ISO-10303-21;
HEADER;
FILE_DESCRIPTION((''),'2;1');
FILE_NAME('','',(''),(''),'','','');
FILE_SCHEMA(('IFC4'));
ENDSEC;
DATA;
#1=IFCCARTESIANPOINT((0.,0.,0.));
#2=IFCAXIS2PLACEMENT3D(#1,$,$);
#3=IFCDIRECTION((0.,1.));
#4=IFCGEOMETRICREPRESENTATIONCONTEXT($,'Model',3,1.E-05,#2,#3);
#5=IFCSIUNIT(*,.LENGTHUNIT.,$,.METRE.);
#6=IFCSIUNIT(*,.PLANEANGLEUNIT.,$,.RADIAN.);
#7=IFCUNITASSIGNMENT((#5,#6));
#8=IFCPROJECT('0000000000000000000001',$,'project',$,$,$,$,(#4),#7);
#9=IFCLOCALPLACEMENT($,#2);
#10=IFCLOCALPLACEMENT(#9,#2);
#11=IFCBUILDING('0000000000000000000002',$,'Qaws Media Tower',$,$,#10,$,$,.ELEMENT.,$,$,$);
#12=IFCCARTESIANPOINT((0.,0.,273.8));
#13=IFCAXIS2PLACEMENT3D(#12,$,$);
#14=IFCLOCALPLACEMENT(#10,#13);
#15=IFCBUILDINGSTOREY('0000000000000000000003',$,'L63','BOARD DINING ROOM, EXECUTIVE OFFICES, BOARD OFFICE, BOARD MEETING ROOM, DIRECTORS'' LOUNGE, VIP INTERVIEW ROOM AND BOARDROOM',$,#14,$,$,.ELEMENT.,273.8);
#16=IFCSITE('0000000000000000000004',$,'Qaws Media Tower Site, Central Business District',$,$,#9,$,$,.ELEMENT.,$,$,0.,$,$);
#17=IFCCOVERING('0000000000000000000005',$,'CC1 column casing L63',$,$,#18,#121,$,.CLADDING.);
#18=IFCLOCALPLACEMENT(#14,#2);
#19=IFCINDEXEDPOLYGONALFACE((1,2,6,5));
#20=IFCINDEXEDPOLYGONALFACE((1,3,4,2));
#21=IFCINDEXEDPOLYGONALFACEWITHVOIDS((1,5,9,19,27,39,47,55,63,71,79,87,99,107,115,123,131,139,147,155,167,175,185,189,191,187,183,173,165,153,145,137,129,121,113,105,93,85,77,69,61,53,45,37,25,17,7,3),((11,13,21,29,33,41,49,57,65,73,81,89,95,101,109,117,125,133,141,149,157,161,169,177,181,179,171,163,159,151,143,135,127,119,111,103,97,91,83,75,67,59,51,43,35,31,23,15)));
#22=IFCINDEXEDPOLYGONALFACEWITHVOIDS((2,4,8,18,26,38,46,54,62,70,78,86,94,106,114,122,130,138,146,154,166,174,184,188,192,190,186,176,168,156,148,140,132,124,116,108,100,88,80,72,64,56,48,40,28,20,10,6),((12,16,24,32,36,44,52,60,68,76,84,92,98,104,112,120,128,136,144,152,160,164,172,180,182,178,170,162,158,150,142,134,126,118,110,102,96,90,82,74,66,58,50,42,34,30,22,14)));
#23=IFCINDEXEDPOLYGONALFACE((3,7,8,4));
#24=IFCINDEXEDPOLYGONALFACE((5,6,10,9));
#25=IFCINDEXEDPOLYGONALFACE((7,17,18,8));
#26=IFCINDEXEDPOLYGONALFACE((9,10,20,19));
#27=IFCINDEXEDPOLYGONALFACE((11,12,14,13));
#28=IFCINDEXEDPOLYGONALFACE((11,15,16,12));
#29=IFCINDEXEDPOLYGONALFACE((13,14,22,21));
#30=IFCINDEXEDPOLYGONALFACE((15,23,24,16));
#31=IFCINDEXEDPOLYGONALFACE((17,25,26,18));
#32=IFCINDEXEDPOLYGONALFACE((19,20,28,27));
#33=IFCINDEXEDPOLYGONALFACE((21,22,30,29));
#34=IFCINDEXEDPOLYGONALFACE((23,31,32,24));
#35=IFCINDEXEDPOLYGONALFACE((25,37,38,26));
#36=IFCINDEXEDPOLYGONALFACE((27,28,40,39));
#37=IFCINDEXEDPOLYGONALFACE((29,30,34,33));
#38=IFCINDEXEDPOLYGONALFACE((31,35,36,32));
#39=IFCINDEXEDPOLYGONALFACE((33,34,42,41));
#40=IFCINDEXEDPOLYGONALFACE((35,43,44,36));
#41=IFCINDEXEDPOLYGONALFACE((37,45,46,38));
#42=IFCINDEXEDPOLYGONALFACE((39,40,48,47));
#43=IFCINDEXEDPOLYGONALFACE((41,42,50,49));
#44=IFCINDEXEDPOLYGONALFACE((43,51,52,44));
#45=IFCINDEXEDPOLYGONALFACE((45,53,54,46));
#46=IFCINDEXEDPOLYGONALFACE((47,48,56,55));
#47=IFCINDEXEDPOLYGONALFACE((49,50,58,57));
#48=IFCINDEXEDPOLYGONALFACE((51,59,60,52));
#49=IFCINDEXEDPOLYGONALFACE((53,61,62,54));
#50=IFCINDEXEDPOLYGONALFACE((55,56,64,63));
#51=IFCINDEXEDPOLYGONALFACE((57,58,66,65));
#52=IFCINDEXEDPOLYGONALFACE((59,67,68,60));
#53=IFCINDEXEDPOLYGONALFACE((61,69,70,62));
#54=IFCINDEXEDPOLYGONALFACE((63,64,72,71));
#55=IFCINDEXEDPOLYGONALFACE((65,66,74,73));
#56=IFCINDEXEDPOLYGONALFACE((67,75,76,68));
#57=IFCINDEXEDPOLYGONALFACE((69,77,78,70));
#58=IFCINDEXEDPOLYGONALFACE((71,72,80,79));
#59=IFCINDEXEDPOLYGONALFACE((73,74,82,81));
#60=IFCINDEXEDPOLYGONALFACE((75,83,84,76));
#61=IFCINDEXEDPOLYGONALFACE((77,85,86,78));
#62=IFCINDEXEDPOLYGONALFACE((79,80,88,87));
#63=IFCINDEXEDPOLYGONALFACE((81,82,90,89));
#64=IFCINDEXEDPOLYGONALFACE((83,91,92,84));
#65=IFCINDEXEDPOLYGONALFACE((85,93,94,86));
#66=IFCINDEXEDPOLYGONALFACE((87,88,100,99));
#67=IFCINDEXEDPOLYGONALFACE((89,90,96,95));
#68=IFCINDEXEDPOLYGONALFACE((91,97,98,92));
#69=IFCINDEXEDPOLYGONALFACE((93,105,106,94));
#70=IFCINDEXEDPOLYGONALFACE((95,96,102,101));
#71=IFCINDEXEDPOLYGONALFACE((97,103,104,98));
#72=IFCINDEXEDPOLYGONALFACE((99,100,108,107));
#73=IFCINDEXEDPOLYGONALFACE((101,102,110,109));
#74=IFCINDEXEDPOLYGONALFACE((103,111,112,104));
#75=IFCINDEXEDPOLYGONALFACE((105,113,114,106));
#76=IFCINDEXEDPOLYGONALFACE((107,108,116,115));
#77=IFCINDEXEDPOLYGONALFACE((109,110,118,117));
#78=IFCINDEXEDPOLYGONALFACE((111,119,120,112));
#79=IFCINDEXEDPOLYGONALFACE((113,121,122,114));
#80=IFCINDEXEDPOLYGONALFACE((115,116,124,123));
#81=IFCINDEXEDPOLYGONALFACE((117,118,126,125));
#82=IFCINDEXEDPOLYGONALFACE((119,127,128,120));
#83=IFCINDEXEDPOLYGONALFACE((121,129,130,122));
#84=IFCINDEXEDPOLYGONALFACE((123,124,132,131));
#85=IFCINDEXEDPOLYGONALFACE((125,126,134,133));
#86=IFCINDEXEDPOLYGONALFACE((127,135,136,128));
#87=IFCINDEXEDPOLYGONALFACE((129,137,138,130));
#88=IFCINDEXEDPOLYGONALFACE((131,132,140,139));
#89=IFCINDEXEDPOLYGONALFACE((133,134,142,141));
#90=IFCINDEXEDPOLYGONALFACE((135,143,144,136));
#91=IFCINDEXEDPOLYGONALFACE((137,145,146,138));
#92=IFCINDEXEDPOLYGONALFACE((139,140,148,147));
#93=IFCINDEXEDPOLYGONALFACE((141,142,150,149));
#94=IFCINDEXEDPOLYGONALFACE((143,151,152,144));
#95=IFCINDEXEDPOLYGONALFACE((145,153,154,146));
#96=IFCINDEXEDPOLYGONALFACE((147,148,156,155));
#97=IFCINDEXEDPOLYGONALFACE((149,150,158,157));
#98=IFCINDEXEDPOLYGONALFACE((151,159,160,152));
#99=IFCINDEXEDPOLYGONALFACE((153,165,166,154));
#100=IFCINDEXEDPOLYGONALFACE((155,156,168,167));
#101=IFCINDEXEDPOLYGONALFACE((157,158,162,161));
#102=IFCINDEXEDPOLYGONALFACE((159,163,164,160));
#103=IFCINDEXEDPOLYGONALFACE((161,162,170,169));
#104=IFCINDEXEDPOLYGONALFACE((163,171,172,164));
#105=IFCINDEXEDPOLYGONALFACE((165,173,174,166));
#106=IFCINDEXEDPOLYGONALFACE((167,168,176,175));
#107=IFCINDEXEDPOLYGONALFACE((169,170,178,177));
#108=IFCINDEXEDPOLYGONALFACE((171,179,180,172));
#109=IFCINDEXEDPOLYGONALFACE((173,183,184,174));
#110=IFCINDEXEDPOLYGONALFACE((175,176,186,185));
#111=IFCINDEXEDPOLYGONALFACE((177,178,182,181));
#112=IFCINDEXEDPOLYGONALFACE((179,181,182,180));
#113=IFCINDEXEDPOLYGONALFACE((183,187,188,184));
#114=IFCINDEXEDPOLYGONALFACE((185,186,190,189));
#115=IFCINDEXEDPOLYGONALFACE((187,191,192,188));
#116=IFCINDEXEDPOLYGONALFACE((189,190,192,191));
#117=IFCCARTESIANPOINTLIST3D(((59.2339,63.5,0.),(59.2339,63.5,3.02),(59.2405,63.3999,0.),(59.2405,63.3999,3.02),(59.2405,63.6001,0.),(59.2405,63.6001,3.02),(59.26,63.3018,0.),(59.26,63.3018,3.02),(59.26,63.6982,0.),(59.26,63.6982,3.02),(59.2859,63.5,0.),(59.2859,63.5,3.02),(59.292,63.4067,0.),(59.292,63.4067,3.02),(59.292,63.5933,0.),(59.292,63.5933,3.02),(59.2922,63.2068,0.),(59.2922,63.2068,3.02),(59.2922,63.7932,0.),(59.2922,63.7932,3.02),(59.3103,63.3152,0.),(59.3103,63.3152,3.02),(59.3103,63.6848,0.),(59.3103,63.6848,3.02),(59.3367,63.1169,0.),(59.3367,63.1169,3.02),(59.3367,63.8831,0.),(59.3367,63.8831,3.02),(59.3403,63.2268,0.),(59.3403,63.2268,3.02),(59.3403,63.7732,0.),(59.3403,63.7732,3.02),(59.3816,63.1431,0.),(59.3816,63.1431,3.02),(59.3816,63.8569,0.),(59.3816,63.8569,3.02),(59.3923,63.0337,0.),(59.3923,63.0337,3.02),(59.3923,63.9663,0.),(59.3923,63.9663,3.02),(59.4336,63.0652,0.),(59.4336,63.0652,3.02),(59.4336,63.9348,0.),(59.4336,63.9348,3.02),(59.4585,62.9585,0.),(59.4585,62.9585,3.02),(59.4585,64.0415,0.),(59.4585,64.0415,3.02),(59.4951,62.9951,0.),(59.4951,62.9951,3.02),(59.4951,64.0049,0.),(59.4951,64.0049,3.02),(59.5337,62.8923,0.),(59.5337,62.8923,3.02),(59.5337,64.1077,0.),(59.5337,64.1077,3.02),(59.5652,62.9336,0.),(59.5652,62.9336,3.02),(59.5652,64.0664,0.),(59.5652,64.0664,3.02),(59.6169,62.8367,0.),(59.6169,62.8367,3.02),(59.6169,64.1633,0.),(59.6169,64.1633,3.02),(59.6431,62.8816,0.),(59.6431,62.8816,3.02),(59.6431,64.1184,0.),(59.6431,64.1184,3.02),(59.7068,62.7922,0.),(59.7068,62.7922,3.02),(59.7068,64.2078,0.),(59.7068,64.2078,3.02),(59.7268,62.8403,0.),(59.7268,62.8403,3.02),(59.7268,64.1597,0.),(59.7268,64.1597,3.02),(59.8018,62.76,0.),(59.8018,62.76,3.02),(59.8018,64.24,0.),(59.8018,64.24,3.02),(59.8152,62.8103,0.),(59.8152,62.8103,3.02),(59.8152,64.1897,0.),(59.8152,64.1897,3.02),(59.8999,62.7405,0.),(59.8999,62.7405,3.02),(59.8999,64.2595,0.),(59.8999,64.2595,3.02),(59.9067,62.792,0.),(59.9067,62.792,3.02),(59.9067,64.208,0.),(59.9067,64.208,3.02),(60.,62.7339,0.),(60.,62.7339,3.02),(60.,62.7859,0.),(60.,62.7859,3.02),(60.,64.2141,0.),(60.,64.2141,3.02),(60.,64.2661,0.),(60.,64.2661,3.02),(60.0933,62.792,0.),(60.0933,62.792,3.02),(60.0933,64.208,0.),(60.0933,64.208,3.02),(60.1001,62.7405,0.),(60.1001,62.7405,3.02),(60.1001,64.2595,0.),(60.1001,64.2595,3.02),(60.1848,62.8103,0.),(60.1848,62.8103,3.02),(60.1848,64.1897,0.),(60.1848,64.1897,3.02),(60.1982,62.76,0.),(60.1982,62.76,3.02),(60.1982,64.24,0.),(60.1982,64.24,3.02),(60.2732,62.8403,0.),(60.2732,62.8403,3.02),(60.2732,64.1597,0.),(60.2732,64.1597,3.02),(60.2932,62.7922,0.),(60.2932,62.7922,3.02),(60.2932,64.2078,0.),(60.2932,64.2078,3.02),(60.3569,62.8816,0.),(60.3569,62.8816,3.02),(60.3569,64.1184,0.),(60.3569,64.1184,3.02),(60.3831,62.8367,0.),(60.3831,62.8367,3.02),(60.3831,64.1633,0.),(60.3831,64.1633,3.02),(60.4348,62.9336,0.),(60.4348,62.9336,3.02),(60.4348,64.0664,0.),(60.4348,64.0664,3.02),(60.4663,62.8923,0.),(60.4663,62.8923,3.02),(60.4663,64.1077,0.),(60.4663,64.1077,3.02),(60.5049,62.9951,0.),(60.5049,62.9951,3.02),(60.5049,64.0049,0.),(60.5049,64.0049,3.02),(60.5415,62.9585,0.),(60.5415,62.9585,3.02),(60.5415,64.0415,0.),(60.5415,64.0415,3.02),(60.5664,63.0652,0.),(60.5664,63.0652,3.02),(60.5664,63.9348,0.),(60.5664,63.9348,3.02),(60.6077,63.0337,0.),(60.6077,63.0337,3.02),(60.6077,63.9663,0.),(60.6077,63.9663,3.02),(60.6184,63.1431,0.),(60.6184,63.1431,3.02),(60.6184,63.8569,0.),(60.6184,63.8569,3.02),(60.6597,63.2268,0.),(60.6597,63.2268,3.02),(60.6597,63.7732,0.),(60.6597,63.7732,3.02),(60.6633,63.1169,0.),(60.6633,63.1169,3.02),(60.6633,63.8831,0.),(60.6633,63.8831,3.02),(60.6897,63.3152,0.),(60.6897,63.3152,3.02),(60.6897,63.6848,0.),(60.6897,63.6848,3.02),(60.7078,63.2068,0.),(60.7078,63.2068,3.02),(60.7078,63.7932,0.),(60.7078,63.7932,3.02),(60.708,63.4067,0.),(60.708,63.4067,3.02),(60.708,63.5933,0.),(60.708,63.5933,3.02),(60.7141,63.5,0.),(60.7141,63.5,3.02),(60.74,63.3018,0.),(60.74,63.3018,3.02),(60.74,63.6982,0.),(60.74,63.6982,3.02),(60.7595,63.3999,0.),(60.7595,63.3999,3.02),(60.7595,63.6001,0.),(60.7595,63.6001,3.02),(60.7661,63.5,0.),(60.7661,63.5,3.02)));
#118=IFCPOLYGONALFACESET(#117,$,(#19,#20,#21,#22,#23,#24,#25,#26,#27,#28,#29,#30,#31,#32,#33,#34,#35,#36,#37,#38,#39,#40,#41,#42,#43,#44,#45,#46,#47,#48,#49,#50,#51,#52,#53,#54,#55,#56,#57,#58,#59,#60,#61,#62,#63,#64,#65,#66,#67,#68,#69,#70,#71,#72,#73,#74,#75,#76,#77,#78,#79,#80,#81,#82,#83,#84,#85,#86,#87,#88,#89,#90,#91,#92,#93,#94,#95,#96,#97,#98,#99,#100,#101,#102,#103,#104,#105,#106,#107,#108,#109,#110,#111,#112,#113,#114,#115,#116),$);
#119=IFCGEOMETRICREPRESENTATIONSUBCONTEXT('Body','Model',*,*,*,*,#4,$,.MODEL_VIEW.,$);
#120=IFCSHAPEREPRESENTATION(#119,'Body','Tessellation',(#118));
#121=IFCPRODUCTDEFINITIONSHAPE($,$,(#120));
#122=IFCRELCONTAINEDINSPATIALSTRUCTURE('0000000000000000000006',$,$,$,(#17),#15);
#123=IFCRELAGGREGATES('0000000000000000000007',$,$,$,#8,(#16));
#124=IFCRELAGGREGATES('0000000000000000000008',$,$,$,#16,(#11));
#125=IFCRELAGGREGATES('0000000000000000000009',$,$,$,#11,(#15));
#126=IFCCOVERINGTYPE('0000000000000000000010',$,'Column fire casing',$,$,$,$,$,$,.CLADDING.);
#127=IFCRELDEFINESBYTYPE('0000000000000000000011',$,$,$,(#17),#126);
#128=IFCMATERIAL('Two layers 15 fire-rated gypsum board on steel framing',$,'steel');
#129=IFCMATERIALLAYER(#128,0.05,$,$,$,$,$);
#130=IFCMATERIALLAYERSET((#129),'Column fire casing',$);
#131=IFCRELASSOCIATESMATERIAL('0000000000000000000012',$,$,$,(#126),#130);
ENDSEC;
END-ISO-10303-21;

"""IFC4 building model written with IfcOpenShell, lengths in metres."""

from ifc_helpers import new_model, si_unit, direction, frame, origin, place, context, subcontext, project, spatial, polyline, outline, extrude, material, layer, layer_set, type_object, element, save


model = new_model("IFC4")

# Units and contexts
model_context = context("Model", 3, precision=1e-05, world=origin(), true_north=direction((0.0, 1.0)))
body_context = subcontext(model_context, "Body", "Model", "MODEL_VIEW")
ifc_project = project(units=[si_unit("LENGTHUNIT", "METRE"), si_unit("PLANEANGLEUNIT", "RADIAN")], contexts=[model_context])

# Site, building, storey
site_placement = place(None, origin())
site = spatial("IfcSite", under=ifc_project, at=site_placement, Name="Qaws Media Tower Site, Central Business District", CompositionType="ELEMENT", RefElevation=0.0)
building_placement = place(site_placement, origin())
building = spatial("IfcBuilding", under=site, at=building_placement, Name="Qaws Media Tower", CompositionType="ELEMENT")
storey_placement = place(building_placement, frame((0.0, 0.0, 273.8)))
storey = spatial("IfcBuildingStorey", under=building, at=storey_placement, Name="L63", Description="BOARD DINING ROOM, EXECUTIVE OFFICES, BOARD OFFICE, BOARD MEETING ROOM, DIRECTORS' LOUNGE, VIP INTERVIEW ROOM AND BOARDROOM", CompositionType="ELEMENT", Elevation=273.8)

# Covering
ifc_material_1 = material(Name="Two layers 15 fire-rated gypsum board on steel framing", Category="steel")
ifc_layer_1 = layer(ifc_material_1, 0.05)
ifc_layer_set_1 = layer_set([ifc_layer_1], Name="Column fire casing")
covering_type = type_object("IfcCoveringType", Name="Column fire casing", PredefinedType="CLADDING", material=ifc_layer_set_1)
covering_1_placement = place(storey_placement, origin())
element("IfcCovering", 1, at=covering_1_placement, inside=storey, type_object=covering_type, Name="CC1 column casing L63", PredefinedType="CLADDING", context=body_context, shape_type="SweptSolid", body=[
    extrude(outline(polyline([(60.7661, 63.5), (60.7595, 63.3999), (60.74, 63.3018), (60.7078, 63.2068), (60.6633, 63.1169), (60.6077, 63.0337), (60.5415, 62.9585), (60.4663, 62.8923), (60.3831, 62.8367), (60.2932, 62.7922), (60.1982, 62.76), (60.1001, 62.7405), (60.0, 62.7339), (59.8999, 62.7405), (59.8018, 62.76), (59.7068, 62.7922), (59.6169, 62.8367), (59.5337, 62.8923), (59.4585, 62.9585), (59.3923, 63.0337), (59.3367, 63.1169), (59.2922, 63.2068), (59.26, 63.3018), (59.2405, 63.3999), (59.2339, 63.5), (59.2405, 63.6001), (59.26, 63.6982), (59.2922, 63.7932), (59.3367, 63.8831), (59.3923, 63.9663), (59.4585, 64.0415), (59.5337, 64.1077), (59.6169, 64.1633), (59.7068, 64.2078), (59.8018, 64.24), (59.8999, 64.2595), (60.0, 64.2661), (60.1001, 64.2595), (60.1982, 64.24), (60.2932, 64.2078), (60.3831, 64.1633), (60.4663, 64.1077), (60.5415, 64.0415), (60.6077, 63.9663), (60.6633, 63.8831), (60.7078, 63.7932), (60.74, 63.6982), (60.7595, 63.6001), (60.7661, 63.5)]), holes=[polyline([(60.7141, 63.5), (60.708, 63.4067), (60.6897, 63.3152), (60.6597, 63.2268), (60.6184, 63.1431), (60.5664, 63.0652), (60.5049, 62.9951), (60.4348, 62.9336), (60.3569, 62.8816), (60.2732, 62.8403), (60.1848, 62.8103), (60.0933, 62.792), (60.0, 62.7859), (59.9067, 62.792), (59.8152, 62.8103), (59.7268, 62.8403), (59.6431, 62.8816), (59.5652, 62.9336), (59.4951, 62.9951), (59.4336, 63.0652), (59.3816, 63.1431), (59.3403, 63.2268), (59.3103, 63.3152), (59.292, 63.4067), (59.2859, 63.5), (59.292, 63.5933), (59.3103, 63.6848), (59.3403, 63.7732), (59.3816, 63.8569), (59.4336, 63.9348), (59.4951, 64.0049), (59.5652, 64.0664), (59.6431, 64.1184), (59.7268, 64.1597), (59.8152, 64.1897), (59.9067, 64.208), (60.0, 64.2141), (60.0933, 64.208), (60.1848, 64.1897), (60.2732, 64.1597), (60.3569, 64.1184), (60.4348, 64.0664), (60.5049, 64.0049), (60.5664, 63.9348), (60.6184, 63.8569), (60.6597, 63.7732), (60.6897, 63.6848), (60.708, 63.5933), (60.7141, 63.5)])]), origin(), (0.0, 0.0, 1.0), 3.02),
])

save(model, "model.ifc")
